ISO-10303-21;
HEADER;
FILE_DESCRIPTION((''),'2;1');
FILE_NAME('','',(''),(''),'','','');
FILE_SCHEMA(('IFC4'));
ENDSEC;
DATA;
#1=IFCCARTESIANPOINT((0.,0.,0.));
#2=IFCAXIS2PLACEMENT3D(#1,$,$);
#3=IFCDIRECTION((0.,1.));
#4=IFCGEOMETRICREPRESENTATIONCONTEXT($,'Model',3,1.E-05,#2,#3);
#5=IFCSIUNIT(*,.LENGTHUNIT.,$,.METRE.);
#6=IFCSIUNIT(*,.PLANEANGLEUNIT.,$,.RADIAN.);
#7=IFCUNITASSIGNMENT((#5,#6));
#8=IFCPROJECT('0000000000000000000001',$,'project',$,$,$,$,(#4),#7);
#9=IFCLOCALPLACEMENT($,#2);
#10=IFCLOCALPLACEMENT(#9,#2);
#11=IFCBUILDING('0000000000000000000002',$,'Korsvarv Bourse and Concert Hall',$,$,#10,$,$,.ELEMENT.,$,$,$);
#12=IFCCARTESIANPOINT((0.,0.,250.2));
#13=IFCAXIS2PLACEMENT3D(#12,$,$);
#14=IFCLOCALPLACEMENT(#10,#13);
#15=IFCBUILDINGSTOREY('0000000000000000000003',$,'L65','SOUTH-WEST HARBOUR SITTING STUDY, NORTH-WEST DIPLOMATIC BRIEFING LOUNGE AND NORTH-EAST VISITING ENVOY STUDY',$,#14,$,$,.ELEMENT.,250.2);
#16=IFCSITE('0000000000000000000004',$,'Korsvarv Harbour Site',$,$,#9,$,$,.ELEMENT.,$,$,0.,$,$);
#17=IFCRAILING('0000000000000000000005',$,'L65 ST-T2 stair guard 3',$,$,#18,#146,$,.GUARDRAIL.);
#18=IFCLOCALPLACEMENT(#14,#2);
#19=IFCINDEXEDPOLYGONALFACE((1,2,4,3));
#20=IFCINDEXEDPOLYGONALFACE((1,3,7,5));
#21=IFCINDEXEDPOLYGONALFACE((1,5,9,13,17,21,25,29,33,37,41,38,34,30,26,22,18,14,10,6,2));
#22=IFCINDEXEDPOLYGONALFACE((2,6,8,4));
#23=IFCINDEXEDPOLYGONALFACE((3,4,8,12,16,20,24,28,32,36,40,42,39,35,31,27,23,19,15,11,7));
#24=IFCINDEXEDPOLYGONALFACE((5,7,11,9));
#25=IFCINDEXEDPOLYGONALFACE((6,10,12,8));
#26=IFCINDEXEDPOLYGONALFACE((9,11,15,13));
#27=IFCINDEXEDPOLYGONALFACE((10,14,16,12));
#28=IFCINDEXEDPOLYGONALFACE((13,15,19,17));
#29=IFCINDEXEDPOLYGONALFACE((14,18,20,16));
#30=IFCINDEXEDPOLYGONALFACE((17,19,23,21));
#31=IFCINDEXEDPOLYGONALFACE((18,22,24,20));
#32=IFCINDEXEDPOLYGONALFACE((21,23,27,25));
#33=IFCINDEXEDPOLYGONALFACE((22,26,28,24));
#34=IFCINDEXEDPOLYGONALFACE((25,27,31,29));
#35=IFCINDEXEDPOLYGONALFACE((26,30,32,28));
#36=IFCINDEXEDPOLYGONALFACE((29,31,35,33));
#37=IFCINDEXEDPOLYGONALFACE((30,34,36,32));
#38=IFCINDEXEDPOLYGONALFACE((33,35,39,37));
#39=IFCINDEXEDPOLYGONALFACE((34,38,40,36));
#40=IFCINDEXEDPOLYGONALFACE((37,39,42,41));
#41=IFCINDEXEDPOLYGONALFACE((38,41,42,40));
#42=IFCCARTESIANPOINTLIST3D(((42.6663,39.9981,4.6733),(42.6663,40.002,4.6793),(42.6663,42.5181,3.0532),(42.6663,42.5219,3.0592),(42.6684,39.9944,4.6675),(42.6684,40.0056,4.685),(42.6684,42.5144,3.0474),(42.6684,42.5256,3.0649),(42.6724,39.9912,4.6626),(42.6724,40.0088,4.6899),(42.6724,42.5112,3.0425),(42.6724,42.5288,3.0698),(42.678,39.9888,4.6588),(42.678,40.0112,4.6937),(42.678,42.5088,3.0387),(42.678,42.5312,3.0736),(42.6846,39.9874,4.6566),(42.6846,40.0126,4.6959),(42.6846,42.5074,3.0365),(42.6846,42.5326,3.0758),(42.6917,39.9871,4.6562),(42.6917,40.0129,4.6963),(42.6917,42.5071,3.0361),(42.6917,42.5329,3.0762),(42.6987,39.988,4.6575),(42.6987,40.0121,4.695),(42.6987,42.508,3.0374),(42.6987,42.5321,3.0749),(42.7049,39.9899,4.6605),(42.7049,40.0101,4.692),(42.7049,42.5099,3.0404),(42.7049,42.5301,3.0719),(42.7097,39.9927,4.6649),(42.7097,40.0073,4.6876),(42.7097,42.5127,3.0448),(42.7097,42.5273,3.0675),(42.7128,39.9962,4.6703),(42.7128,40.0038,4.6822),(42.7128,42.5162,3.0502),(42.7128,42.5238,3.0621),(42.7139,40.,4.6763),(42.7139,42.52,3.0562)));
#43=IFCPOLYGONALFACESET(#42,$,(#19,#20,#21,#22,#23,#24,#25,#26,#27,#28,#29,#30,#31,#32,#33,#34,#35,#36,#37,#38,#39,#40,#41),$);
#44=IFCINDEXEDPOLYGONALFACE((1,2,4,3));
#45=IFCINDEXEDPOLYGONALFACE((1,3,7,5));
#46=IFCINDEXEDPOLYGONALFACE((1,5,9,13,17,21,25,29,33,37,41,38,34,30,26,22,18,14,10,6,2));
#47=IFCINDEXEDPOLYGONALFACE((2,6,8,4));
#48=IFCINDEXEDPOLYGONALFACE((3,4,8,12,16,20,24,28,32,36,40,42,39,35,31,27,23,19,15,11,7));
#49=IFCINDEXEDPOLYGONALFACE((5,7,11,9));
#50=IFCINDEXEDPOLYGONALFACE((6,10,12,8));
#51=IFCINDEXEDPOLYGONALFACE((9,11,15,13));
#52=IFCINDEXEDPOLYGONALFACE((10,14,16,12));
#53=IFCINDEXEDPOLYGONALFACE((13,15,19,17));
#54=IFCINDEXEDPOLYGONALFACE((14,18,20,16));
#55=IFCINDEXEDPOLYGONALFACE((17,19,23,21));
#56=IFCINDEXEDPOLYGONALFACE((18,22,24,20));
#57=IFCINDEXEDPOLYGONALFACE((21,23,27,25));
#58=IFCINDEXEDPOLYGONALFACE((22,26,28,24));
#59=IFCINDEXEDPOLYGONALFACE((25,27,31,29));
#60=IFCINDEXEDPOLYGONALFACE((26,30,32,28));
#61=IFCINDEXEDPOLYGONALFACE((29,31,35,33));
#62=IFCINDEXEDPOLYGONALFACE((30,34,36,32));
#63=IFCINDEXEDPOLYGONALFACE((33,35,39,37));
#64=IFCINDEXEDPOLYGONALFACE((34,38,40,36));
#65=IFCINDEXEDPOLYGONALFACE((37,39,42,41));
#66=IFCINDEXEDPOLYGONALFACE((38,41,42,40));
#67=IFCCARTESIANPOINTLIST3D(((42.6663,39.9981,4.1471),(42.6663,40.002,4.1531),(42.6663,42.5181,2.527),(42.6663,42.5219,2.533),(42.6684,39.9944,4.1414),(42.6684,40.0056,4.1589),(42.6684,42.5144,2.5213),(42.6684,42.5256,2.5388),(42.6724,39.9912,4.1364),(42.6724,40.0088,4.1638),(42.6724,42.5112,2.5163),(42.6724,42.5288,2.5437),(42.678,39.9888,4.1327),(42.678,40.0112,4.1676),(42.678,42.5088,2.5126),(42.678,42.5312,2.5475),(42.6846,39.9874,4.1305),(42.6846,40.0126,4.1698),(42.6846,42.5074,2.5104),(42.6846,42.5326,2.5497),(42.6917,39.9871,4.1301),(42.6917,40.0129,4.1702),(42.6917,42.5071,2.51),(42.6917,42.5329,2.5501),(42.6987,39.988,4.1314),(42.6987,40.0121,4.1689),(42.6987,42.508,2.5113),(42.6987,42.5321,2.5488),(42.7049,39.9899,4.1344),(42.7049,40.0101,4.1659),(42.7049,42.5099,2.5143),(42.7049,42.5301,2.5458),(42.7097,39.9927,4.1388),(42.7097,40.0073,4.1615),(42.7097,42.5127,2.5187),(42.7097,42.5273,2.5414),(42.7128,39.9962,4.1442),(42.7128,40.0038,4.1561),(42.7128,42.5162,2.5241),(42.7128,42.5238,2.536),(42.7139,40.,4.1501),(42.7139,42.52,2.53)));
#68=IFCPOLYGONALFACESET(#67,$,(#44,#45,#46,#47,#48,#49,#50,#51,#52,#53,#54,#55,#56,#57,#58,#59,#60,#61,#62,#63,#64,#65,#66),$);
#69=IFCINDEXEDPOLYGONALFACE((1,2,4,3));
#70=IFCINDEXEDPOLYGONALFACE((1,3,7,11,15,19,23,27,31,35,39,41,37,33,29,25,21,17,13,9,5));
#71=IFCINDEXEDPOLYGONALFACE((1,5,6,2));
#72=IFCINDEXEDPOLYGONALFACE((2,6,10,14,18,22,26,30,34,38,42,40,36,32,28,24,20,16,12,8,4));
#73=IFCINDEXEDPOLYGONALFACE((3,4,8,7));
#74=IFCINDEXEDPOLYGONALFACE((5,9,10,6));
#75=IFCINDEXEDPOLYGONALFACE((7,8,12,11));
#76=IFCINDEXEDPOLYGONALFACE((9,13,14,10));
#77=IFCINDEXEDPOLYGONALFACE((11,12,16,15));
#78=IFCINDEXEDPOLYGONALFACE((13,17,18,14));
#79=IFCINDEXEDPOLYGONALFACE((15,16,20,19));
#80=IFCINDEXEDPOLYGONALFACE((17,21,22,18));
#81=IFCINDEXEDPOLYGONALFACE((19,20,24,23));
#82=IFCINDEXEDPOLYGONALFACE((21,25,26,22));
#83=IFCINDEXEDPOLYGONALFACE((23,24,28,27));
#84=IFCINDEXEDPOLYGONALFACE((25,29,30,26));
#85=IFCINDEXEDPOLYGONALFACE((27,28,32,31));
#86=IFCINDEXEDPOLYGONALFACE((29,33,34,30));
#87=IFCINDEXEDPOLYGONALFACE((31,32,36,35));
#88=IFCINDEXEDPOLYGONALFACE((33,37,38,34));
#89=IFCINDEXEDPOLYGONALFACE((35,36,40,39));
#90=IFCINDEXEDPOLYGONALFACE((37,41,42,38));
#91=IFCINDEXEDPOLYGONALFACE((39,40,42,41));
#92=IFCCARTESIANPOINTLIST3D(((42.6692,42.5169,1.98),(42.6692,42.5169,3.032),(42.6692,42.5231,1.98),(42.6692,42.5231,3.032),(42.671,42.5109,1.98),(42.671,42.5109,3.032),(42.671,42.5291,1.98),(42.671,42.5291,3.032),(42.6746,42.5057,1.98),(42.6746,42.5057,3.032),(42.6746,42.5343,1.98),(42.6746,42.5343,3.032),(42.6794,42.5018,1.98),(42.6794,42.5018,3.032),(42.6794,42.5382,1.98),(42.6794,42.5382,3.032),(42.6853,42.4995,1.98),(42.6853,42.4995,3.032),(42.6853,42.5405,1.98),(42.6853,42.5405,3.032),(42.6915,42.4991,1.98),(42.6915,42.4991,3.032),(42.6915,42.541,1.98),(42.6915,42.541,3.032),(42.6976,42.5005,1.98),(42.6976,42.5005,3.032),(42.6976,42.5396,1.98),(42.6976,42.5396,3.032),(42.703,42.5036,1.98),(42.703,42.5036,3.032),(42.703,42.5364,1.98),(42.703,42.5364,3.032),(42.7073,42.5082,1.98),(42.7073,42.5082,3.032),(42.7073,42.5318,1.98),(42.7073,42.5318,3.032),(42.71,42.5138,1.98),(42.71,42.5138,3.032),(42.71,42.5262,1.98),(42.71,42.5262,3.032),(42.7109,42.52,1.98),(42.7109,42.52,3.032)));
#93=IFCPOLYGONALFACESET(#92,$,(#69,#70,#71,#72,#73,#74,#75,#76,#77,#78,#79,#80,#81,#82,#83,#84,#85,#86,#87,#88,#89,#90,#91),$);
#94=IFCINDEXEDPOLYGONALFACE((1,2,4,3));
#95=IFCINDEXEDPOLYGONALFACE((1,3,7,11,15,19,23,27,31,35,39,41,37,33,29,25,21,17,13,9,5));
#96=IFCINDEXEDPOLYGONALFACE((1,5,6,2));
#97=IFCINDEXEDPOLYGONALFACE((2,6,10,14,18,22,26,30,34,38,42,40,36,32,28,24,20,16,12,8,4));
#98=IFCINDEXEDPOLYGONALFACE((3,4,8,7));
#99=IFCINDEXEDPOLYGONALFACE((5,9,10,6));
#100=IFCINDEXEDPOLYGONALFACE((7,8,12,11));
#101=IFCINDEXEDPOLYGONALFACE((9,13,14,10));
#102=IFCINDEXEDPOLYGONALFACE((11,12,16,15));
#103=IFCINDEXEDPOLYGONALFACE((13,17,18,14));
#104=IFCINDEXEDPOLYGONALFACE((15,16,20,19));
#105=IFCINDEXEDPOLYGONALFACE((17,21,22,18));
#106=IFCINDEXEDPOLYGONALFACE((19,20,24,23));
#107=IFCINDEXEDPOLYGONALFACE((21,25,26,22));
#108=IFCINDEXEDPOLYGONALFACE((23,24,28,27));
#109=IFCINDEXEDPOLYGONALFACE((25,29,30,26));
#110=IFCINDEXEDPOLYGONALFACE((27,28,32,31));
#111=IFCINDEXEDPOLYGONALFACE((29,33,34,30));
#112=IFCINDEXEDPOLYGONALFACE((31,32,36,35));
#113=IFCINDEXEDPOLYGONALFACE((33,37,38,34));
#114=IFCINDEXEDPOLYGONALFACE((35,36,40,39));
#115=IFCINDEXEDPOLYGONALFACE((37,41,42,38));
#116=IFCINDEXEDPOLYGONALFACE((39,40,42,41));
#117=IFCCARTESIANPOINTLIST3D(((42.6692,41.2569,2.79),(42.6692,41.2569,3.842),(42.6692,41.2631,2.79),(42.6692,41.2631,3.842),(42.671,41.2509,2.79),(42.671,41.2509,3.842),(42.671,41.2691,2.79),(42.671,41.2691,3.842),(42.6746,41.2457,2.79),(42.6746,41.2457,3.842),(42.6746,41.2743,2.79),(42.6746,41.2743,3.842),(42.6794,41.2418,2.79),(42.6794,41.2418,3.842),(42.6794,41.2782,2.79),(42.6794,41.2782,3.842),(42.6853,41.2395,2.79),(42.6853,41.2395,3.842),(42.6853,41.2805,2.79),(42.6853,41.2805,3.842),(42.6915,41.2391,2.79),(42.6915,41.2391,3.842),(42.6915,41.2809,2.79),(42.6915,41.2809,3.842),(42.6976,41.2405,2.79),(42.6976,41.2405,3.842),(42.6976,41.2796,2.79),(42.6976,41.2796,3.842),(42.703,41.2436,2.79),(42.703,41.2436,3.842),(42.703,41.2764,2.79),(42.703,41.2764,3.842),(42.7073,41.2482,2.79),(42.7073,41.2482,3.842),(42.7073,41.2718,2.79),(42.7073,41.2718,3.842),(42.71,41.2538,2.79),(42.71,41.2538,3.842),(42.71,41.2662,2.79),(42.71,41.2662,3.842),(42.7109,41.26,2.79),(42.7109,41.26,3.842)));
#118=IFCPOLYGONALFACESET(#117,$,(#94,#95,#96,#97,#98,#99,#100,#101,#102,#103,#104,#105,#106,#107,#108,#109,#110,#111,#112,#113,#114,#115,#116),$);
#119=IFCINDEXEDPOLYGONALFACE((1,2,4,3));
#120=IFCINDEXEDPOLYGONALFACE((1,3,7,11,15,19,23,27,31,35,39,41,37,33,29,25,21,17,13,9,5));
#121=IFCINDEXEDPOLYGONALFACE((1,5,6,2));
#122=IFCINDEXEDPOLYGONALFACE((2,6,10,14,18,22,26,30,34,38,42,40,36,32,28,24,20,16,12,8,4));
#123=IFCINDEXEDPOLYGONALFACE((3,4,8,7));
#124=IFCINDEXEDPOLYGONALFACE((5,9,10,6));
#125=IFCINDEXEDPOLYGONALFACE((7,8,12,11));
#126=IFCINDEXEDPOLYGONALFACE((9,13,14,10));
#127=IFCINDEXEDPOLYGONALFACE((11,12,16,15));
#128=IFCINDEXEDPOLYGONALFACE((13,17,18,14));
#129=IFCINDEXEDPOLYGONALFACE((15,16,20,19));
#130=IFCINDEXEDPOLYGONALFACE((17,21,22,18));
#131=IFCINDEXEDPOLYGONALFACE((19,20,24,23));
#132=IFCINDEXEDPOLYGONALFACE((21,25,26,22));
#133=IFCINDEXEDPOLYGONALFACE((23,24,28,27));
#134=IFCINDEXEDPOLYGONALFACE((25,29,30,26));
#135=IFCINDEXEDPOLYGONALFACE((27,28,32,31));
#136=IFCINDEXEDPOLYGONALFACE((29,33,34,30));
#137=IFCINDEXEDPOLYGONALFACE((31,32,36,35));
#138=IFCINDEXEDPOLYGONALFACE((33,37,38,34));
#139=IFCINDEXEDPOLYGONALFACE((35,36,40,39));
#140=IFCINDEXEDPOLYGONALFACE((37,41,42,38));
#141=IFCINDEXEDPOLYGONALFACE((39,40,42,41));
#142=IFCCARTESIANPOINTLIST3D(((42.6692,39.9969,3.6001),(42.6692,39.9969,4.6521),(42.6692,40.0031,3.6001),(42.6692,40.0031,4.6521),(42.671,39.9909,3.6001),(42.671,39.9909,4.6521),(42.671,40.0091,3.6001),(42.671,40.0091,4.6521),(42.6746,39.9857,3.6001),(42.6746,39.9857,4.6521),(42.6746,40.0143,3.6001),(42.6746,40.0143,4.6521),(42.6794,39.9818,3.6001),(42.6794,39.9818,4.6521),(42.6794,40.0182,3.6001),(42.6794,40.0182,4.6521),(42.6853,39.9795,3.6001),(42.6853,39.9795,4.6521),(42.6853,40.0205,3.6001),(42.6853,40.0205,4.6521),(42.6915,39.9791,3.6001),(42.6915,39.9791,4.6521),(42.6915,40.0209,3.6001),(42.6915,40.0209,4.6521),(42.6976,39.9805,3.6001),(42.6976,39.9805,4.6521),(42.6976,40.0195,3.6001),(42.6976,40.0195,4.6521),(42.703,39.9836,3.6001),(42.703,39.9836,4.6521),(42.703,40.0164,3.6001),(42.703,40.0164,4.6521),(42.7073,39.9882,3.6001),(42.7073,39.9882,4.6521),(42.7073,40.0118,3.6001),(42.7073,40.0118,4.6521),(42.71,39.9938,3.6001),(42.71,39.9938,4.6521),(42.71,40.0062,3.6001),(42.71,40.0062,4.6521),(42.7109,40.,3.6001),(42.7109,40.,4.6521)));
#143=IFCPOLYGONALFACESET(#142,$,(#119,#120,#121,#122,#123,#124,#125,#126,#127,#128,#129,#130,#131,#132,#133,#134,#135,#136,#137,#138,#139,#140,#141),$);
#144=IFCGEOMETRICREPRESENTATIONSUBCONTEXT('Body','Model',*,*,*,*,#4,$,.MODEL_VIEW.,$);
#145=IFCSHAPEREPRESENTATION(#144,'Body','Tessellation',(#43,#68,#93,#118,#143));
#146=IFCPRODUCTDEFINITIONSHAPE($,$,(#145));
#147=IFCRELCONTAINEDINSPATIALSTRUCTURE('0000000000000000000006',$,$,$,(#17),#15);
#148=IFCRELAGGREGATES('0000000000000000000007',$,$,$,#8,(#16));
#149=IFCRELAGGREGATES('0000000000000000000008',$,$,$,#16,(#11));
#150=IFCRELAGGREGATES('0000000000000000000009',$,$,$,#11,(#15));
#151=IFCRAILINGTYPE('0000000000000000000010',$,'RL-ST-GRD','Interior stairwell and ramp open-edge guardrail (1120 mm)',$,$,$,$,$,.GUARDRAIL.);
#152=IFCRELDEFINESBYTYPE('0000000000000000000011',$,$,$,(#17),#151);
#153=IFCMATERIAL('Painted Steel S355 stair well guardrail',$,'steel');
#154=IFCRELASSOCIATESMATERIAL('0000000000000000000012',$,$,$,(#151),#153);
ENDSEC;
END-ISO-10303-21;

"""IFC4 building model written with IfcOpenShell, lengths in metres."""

from ifc_helpers import new_model, si_unit, direction, frame, origin, origin_2d, place, context, subcontext, project, spatial, circle, extrude, material, type_object, element, save


model = new_model("IFC4")

# Units and contexts
model_context = context("Model", 3, precision=1e-05, world=origin(), true_north=direction((0.0, 1.0)))
body_context = subcontext(model_context, "Body", "Model", "MODEL_VIEW")
ifc_project = project(units=[si_unit("LENGTHUNIT", "METRE"), si_unit("PLANEANGLEUNIT", "RADIAN")], contexts=[model_context])

# Site, building, storey
site_placement = place(None, origin())
site = spatial("IfcSite", under=ifc_project, at=site_placement, Name="Korsvarv Harbour Site", CompositionType="ELEMENT", RefElevation=0.0)
building_placement = place(site_placement, origin())
building = spatial("IfcBuilding", under=site, at=building_placement, Name="Korsvarv Bourse and Concert Hall", CompositionType="ELEMENT")
storey_placement = place(building_placement, frame((0.0, 0.0, 250.2)))
storey = spatial("IfcBuildingStorey", under=building, at=storey_placement, Name="L65", Description="SOUTH-WEST HARBOUR SITTING STUDY, NORTH-WEST DIPLOMATIC BRIEFING LOUNGE AND NORTH-EAST VISITING ENVOY STUDY", CompositionType="ELEMENT", Elevation=250.2)

# Railing
ifc_material_1 = material(Name="Painted Steel S355 stair well guardrail", Category="steel")
railing_type_1 = type_object("IfcRailingType", Name="RL-ST-GRD", Description="Interior stairwell and ramp open-edge guardrail (1120 mm)", PredefinedType="GUARDRAIL", material=ifc_material_1)
railing_1_placement = place(storey_placement, frame((42.6899, 42.52, 1.98)))
element("IfcRailing", 1, at=railing_1_placement, inside=storey, type_object=railing_type_1, Name="L65 ST-T2 stair guard 3", PredefinedType="GUARDRAIL", context=body_context, shape_type="SweptSolid", body=[
    extrude(circle(Radius=0.0239, at=origin_2d()), frame((0.0, 0.0, 1.0762), z_axis=(0.0, -0.841163, 0.540782), x_axis=(1.0, 0.0, 0.0)), (0.0, 0.0, 1.0), 2.9958),
    extrude(circle(Radius=0.0239, at=origin_2d()), frame((0.0, 0.0, 0.55), z_axis=(0.0, -0.841163, 0.540782), x_axis=(1.0, 0.0, 0.0)), (0.0, 0.0, 1.0), 2.9958),
    extrude(circle(Radius=0.021, at=origin_2d()), origin(), (0.0, 0.0, 1.0), 1.052),
    extrude(circle(Radius=0.021, at=origin_2d()), frame((0.0, -1.26, 0.8101)), (0.0, 0.0, 1.0), 1.052),
    extrude(circle(Radius=0.021, at=origin_2d()), frame((0.0, -2.52, 1.6201)), (0.0, 0.0, 1.0), 1.052),
])

save(model, "model.ifc")
